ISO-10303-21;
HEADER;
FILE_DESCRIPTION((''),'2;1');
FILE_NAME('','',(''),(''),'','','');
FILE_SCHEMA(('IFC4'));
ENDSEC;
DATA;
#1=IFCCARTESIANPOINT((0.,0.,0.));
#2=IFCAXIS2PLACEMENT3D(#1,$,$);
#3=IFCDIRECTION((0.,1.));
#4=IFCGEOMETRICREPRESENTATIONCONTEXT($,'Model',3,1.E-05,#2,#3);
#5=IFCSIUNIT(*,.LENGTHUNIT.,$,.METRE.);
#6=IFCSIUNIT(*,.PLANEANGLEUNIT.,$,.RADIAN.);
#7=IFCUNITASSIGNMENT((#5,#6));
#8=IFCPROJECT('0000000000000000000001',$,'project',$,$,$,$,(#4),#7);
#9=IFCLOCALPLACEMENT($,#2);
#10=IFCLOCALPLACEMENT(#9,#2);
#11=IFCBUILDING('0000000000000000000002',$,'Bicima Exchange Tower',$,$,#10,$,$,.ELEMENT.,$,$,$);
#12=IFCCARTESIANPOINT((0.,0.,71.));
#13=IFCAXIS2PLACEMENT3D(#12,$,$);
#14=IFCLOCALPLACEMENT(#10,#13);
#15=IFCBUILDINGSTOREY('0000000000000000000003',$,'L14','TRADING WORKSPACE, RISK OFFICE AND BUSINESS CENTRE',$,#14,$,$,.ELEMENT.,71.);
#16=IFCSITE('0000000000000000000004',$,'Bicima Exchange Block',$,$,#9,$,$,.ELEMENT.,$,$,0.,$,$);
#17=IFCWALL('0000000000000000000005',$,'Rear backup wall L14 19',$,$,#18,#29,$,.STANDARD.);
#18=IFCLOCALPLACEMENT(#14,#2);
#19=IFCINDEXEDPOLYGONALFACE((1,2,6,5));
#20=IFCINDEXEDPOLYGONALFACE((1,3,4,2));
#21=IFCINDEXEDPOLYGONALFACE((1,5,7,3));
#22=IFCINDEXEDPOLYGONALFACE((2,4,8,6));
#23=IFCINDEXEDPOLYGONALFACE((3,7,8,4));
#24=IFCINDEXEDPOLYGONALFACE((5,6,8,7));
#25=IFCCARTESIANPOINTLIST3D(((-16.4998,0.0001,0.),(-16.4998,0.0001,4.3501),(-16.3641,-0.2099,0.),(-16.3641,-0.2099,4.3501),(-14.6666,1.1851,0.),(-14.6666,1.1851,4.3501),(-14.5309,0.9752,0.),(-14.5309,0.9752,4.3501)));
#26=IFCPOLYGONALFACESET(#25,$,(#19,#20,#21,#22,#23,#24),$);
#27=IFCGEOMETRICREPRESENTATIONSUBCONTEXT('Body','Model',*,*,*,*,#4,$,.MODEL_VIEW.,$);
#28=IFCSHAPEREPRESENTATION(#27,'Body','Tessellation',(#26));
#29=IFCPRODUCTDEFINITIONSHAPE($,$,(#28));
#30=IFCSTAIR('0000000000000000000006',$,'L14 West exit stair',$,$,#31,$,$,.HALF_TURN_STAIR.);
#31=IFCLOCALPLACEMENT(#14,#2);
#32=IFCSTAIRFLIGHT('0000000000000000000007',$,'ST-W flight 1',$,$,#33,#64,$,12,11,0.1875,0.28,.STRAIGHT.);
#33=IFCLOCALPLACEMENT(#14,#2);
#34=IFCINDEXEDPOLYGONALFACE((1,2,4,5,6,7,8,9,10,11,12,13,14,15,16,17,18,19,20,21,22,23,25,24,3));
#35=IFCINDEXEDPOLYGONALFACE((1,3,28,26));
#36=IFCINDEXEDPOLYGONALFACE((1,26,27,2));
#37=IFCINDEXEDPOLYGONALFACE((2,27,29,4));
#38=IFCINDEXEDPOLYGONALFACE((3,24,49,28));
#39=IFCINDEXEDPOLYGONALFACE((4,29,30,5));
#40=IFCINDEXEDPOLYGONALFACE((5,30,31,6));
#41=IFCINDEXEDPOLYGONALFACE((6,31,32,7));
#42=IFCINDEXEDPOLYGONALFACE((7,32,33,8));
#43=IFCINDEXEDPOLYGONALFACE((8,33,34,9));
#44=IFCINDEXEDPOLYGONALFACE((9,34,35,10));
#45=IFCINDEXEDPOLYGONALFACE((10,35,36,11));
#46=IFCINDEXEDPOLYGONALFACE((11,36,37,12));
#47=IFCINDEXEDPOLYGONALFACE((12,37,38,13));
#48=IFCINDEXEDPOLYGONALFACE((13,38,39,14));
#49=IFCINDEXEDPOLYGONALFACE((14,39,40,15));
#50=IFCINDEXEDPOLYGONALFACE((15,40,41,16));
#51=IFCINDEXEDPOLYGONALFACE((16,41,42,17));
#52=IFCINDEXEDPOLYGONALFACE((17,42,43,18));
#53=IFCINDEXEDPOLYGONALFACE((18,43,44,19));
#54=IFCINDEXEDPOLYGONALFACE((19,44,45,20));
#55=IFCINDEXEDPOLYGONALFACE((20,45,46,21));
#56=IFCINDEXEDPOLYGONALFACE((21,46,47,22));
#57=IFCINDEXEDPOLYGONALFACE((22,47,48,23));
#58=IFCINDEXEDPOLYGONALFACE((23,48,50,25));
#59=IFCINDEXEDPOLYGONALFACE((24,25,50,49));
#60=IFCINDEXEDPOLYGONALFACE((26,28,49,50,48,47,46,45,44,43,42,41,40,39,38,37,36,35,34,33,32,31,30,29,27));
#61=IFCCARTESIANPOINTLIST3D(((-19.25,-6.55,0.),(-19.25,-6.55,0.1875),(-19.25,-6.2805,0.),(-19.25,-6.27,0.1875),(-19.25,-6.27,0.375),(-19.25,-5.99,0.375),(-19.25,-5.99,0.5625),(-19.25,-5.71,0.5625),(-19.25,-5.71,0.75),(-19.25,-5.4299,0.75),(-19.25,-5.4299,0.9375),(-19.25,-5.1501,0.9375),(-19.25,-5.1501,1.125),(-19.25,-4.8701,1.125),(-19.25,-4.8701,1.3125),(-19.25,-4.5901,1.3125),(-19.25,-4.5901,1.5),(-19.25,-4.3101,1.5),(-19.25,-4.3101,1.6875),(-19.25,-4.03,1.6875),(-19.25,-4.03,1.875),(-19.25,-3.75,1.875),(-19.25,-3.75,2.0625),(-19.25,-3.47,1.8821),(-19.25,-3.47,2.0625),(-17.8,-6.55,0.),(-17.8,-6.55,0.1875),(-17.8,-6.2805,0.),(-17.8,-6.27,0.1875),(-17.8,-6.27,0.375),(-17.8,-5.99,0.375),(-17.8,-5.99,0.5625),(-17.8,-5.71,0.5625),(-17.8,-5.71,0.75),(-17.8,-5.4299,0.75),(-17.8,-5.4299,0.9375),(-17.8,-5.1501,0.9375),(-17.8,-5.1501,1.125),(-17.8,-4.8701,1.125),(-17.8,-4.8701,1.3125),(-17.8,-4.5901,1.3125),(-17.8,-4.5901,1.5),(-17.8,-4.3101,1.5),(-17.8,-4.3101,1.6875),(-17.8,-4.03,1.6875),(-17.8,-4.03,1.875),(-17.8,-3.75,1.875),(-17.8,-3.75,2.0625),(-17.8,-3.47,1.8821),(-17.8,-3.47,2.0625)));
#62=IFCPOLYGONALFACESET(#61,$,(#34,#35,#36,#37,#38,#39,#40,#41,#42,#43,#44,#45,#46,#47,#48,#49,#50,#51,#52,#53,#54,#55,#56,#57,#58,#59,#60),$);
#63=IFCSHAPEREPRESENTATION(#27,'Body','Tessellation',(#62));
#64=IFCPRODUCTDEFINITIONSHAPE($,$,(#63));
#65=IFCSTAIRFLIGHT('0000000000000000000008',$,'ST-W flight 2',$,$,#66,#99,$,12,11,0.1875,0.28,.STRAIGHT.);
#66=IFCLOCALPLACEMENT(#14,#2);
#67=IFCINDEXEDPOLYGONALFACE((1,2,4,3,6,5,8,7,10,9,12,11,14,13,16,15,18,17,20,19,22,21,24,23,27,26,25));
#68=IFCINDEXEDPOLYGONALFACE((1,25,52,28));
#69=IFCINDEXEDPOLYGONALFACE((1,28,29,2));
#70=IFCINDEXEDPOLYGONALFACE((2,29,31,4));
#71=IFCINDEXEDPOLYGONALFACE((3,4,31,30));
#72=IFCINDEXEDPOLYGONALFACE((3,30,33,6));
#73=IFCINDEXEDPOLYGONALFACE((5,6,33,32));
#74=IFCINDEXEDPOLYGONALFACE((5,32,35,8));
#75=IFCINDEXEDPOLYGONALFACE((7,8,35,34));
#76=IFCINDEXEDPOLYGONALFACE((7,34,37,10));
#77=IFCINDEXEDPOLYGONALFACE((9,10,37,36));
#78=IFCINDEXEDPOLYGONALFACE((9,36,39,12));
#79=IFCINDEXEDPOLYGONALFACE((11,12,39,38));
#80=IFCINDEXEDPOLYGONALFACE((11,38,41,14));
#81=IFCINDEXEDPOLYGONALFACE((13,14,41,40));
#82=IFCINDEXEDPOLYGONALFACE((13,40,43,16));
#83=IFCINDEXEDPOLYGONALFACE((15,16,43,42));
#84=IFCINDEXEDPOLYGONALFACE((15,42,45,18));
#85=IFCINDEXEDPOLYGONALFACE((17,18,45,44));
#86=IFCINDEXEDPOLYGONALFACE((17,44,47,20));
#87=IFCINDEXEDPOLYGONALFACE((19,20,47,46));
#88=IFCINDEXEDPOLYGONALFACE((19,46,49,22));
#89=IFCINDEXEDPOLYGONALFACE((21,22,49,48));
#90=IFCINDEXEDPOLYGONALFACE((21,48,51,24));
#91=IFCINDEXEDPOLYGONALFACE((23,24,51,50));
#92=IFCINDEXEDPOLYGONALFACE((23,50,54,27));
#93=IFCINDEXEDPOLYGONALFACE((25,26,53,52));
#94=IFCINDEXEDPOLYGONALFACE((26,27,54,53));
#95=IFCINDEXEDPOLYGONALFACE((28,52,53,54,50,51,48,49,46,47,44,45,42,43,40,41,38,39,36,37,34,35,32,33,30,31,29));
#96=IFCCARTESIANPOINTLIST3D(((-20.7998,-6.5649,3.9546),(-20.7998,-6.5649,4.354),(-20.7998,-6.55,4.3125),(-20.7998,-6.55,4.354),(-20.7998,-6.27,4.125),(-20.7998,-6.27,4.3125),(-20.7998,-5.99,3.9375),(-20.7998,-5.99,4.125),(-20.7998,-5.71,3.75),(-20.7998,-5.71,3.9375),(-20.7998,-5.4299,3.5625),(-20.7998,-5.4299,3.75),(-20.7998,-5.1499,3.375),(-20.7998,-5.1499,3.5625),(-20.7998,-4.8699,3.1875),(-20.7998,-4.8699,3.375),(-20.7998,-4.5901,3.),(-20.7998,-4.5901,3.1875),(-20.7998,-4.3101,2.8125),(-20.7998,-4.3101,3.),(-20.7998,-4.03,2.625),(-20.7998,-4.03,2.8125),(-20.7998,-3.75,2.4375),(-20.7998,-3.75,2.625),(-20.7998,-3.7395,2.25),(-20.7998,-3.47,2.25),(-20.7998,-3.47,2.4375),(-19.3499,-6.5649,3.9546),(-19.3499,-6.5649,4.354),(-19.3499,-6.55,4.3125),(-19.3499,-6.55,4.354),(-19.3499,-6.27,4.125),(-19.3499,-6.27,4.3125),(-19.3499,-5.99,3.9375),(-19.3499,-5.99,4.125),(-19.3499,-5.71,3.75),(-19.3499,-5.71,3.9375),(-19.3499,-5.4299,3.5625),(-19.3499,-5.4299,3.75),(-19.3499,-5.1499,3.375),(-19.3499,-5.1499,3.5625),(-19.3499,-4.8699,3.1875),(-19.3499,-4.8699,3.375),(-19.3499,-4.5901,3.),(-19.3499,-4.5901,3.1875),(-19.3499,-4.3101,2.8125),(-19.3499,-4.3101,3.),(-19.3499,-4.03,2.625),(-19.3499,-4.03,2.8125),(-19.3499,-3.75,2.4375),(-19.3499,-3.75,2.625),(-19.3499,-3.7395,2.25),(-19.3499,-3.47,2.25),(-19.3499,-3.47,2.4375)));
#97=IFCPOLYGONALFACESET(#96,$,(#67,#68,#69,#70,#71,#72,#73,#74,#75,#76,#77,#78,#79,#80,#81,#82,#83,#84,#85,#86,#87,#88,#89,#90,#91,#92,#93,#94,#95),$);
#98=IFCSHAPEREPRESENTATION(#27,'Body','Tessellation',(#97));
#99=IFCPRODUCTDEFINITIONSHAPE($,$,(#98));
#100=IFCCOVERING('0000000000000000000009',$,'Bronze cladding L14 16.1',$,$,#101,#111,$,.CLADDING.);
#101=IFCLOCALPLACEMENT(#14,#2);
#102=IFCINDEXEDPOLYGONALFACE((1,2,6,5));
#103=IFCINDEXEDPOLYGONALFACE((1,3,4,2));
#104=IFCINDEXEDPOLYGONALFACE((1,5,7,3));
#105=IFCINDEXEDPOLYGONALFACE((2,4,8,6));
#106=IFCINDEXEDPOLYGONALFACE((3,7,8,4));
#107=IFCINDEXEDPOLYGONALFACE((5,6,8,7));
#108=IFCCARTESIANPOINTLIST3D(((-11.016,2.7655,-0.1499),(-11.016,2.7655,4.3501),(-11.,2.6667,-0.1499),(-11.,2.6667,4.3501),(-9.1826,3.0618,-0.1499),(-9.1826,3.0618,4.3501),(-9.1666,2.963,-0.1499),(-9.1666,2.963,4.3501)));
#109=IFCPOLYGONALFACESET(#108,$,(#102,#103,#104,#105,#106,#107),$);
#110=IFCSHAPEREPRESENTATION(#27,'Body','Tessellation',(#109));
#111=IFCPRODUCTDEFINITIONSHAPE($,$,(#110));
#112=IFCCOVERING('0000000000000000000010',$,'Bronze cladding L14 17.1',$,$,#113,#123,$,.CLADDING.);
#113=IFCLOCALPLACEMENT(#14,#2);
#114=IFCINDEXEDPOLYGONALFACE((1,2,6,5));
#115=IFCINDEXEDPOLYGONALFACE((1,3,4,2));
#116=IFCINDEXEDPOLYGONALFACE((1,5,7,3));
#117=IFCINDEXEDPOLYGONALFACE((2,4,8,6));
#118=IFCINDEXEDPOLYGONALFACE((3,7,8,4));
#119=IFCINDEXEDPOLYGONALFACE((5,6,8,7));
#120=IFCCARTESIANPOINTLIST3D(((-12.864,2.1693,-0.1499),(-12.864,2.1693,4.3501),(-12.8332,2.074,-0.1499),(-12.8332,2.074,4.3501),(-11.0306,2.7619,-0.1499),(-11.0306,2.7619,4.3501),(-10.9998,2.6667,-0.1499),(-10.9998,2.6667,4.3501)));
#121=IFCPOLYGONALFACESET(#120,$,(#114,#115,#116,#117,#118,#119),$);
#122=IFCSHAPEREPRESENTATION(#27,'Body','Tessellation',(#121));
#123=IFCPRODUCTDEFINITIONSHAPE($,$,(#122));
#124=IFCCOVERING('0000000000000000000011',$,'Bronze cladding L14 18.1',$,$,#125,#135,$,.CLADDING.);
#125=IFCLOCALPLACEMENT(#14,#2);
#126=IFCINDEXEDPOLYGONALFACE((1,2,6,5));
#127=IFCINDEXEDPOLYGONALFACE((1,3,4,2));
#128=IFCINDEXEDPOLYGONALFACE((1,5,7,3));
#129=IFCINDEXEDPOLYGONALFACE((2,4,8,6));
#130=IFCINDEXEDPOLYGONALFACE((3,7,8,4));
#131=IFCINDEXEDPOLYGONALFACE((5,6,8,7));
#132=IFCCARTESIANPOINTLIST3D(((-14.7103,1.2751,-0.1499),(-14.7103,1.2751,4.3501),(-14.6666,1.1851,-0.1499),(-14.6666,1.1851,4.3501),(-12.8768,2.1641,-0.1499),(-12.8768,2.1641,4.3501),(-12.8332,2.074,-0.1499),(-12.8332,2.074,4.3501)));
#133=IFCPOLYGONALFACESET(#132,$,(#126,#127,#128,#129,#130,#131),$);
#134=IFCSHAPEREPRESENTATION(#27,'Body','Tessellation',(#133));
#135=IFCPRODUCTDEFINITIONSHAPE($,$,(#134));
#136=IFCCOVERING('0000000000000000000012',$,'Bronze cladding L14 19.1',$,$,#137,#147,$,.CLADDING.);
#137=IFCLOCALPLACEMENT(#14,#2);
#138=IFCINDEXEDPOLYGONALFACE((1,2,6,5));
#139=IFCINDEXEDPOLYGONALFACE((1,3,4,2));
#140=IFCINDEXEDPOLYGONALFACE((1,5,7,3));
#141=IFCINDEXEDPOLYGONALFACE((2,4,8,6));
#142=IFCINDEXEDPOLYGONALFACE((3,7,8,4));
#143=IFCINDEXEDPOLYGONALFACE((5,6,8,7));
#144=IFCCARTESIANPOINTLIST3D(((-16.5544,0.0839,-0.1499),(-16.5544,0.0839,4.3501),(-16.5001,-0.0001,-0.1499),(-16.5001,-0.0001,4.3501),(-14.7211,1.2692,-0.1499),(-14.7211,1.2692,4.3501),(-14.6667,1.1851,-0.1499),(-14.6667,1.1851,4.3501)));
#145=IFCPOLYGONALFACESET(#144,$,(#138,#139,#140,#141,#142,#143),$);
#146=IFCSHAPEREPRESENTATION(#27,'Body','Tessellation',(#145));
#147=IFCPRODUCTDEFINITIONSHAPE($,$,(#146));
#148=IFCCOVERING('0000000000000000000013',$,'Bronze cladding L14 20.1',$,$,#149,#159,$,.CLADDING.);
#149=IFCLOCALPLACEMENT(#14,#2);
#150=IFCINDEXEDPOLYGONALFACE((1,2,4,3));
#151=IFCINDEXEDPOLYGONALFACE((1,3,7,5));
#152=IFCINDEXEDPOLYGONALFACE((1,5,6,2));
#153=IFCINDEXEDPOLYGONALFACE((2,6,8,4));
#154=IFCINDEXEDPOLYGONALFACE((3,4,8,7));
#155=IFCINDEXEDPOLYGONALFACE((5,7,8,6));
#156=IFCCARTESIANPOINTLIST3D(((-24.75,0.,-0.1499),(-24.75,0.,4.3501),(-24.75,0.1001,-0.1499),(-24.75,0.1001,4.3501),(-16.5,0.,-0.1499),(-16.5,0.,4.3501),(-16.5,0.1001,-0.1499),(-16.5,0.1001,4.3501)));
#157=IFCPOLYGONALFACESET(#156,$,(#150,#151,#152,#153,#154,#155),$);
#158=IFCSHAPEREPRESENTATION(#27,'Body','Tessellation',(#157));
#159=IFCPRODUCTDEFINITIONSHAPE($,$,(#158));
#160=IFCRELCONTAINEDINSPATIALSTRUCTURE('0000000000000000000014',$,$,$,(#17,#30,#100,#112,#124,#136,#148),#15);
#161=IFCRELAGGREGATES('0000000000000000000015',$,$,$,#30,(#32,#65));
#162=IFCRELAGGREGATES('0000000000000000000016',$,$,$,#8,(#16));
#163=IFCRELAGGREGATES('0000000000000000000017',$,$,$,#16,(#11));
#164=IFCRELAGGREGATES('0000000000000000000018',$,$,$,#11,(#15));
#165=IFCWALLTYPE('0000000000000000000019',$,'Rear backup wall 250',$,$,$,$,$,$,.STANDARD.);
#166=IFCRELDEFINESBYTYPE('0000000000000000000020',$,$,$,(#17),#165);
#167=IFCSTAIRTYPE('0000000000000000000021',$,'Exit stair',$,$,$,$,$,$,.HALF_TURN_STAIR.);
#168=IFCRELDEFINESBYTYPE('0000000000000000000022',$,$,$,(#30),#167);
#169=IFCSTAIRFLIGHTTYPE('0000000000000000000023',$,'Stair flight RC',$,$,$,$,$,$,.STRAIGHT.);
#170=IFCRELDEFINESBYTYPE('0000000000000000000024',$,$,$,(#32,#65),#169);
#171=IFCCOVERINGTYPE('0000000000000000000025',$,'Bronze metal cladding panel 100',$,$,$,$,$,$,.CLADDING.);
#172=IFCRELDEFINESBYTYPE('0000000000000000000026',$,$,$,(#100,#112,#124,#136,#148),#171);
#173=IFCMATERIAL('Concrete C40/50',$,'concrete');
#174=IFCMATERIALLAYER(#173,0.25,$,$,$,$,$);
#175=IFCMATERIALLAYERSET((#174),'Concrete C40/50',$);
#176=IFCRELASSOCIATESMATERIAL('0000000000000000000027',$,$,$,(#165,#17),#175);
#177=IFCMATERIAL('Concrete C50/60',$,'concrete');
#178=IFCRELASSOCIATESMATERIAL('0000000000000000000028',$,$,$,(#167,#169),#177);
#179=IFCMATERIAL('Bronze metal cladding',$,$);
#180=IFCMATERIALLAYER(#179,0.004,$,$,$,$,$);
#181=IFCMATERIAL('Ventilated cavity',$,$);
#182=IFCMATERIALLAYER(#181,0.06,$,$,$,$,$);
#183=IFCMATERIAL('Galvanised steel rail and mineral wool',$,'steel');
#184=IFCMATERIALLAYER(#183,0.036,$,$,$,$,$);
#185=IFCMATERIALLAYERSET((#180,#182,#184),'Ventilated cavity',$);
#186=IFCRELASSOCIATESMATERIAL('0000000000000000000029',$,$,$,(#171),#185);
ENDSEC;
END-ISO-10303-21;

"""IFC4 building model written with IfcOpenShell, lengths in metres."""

from ifc_helpers import new_model, si_unit, direction, frame, frame_2d, origin, origin_2d, place, context, subcontext, project, spatial, polyline, rectangle, outline, extrude, material, layer, layer_set, layer_usage, type_object, element, aggregate, save


model = new_model("IFC4")

# Units and contexts
model_context = context("Model", 3, precision=1e-05, world=origin(), true_north=direction((0.0, 1.0)))
body_context = subcontext(model_context, "Body", "Model", "MODEL_VIEW")
ifc_project = project(units=[si_unit("LENGTHUNIT", "METRE"), si_unit("PLANEANGLEUNIT", "RADIAN")], contexts=[model_context])

# Site, building, storey
site_placement = place(None, origin())
site = spatial("IfcSite", under=ifc_project, at=site_placement, Name="Bicima Exchange Block", CompositionType="ELEMENT", RefElevation=0.0)
building_placement = place(site_placement, origin())
building = spatial("IfcBuilding", under=site, at=building_placement, Name="Bicima Exchange Tower", CompositionType="ELEMENT")
storey_placement = place(building_placement, frame((0.0, 0.0, 71.0)))
storey = spatial("IfcBuildingStorey", under=building, at=storey_placement, Name="L14", Description="TRADING WORKSPACE, RISK OFFICE AND BUSINESS CENTRE", CompositionType="ELEMENT", Elevation=71.0)

# Shared definitions
ifc_material_1 = material(Name="Concrete C50/60", Category="concrete")

# Wall
ifc_material_2 = material(Name="Concrete C40/50", Category="concrete")
ifc_layer_1 = layer(ifc_material_2, 0.25)
ifc_layer_set_1 = layer_set([ifc_layer_1], Name="Concrete C40/50")
ifc_layer_usage = layer_usage(ifc_layer_set_1, "AXIS2", "POSITIVE", -0.125)
wall_type_1 = type_object("IfcWallType", Name="Rear backup wall 250", PredefinedType="STANDARD", material=ifc_layer_set_1)
wall_1_placement = place(storey_placement, frame((-14.5989, 1.0801, 0.0), z_axis=(0.0, 0.0, 1.0), x_axis=(-0.839813, -0.542876, 0.0)))
element("IfcWall", 1, at=wall_1_placement, inside=storey, type_object=wall_type_1, material=ifc_layer_usage, Name="Rear backup wall L14 19", PredefinedType="STANDARD", context=body_context, shape_type="SweptSolid", body=[
    extrude(rectangle(XDim=2.1829, YDim=0.25, at=frame_2d((1.0913, 0.0))), origin(), (0.0, 0.0, 1.0), 4.3501),
])

# Stair, stair flights
stair_type = type_object("IfcStairType", Name="Exit stair", PredefinedType="HALF_TURN_STAIR", material=ifc_material_1)
stair_placement = place(storey_placement, origin())
stair = element("IfcStair", 2, at=stair_placement, inside=storey, type_object=stair_type, Name="L14 West exit stair", PredefinedType="HALF_TURN_STAIR")
stair_flight_type = type_object("IfcStairFlightType", Name="Stair flight RC", PredefinedType="STRAIGHT", material=ifc_material_1)
stair_flight_1_placement = place(storey_placement, frame((-18.5249, -6.55, 0.0), z_axis=(0.0, 0.0, 1.0), x_axis=(0.0, 1.0, 0.0)))
stair_flight_1 = element("IfcStairFlight", 3, at=stair_flight_1_placement, type_object=stair_flight_type, Name="ST-W flight 1", NumberOfRisers=12, NumberOfTreads=11, PredefinedType="STRAIGHT", RiserHeight=0.1875, TreadLength=0.28, context=body_context, shape_type="SweptSolid", body=[
    extrude(outline(polyline([(0.0, 0.0), (0.0, 0.1875), (0.28, 0.1875), (0.28, 0.375), (0.5601, 0.375), (0.5601, 0.5625), (0.8401, 0.5625), (0.8401, 0.75), (1.1201, 0.75), (1.1201, 0.9375), (1.3999, 0.9375), (1.3999, 1.125), (1.6799, 1.125), (1.6799, 1.3125), (1.96, 1.3125), (1.96, 1.5), (2.24, 1.5), (2.24, 1.6875), (2.52, 1.6875), (2.52, 1.875), (2.8, 1.875), (2.8, 2.0625), (3.0801, 2.0625), (3.0801, 2.25), (3.0801, 1.8821), (0.2695, 0.0), (0.0, 0.0)])), frame((0.0, 0.7251, 0.0), z_axis=(0.0, -1.0, 0.0), x_axis=(1.0, 0.0, 0.0)), (0.0, 0.0, 1.0), 1.45),
])
stair_flight_2_placement = place(storey_placement, frame((-20.075, -3.47, 2.25), z_axis=(0.0, 0.0, 1.0), x_axis=(0.0, -1.0, 0.0)))
stair_flight_2 = element("IfcStairFlight", 4, at=stair_flight_2_placement, type_object=stair_flight_type, Name="ST-W flight 2", NumberOfRisers=12, NumberOfTreads=11, PredefinedType="STRAIGHT", RiserHeight=0.1875, TreadLength=0.28, context=body_context, shape_type="SweptSolid", body=[
    extrude(outline(polyline([(0.0, 0.0), (0.0, 0.1875), (0.28, 0.1875), (0.28, 0.375), (0.5601, 0.375), (0.5601, 0.5625), (0.8401, 0.5625), (0.8401, 0.75), (1.1201, 0.75), (1.1201, 0.9375), (1.3999, 0.9375), (1.3999, 1.125), (1.6799, 1.125), (1.6799, 1.3125), (1.96, 1.3125), (1.96, 1.5), (2.24, 1.5), (2.24, 1.6875), (2.52, 1.6875), (2.52, 1.875), (2.8, 1.875), (2.8, 2.0625), (3.0801, 2.0625), (3.0801, 2.104), (3.095, 2.104), (3.095, 1.7046), (0.2695, 0.0), (0.0, 0.0)])), frame((0.0, 0.7251, 0.0), z_axis=(0.0, -1.0, 0.0), x_axis=(1.0, 0.0, 0.0)), (0.0, 0.0, 1.0), 1.45),
])
aggregate(stair, [stair_flight_1, stair_flight_2])

# Coverings
ifc_material_3 = material(Name="Bronze metal cladding")
ifc_layer_2 = layer(ifc_material_3, 0.004)
ifc_material_4 = material(Name="Ventilated cavity")
ifc_layer_3 = layer(ifc_material_4, 0.06)
ifc_material_5 = material(Name="Galvanised steel rail and mineral wool", Category="steel")
ifc_layer_4 = layer(ifc_material_5, 0.036)
ifc_layer_set_2 = layer_set([ifc_layer_2, ifc_layer_3, ifc_layer_4], Name="Ventilated cavity")
covering_type = type_object("IfcCoveringType", Name="Bronze metal cladding panel 100", PredefinedType="CLADDING", material=ifc_layer_set_2)
covering_1_placement = place(storey_placement, frame((-10.0913, 2.8643, -0.1499), z_axis=(0.0, 0.0, 1.0), x_axis=(-0.98719, -0.15955, 0.0)))
element("IfcCovering", 5, at=covering_1_placement, inside=storey, type_object=covering_type, Name="Bronze cladding L14 16.1", PredefinedType="CLADDING", context=body_context, shape_type="SweptSolid", body=[
    extrude(rectangle(XDim=1.8572, YDim=0.1001, at=origin_2d()), origin(), (0.0, 0.0, 1.0), 4.5),
])
covering_2_placement = place(storey_placement, frame((-11.9319, 2.418, -0.1499), z_axis=(0.0, 0.0, 1.0), x_axis=(-0.951525, -0.307573, 0.0)))
element("IfcCovering", 6, at=covering_2_placement, inside=storey, type_object=covering_type, Name="Bronze cladding L14 17.1", PredefinedType="CLADDING", context=body_context, shape_type="SweptSolid", body=[
    extrude(rectangle(XDim=1.9268, YDim=0.1001, at=origin_2d()), origin(), (0.0, 0.0, 1.0), 4.5),
])
covering_3_placement = place(storey_placement, frame((-13.7717, 1.6746, -0.1499), z_axis=(0.0, 0.0, 1.0), x_axis=(-0.899818, -0.436265, 0.0)))
element("IfcCovering", 7, at=covering_3_placement, inside=storey, type_object=covering_type, Name="Bronze cladding L14 18.1", PredefinedType="CLADDING", context=body_context, shape_type="SweptSolid", body=[
    extrude(rectangle(XDim=2.0376, YDim=0.1001, at=origin_2d()), origin(), (0.0, 0.0, 1.0), 4.5),
])
covering_4_placement = place(storey_placement, frame((-15.6106, 0.6345, -0.1499), z_axis=(0.0, 0.0, 1.0), x_axis=(-0.83979, -0.542911, 0.0)))
element("IfcCovering", 8, at=covering_4_placement, inside=storey, type_object=covering_type, Name="Bronze cladding L14 19.1", PredefinedType="CLADDING", context=body_context, shape_type="SweptSolid", body=[
    extrude(rectangle(XDim=2.1831, YDim=0.1001, at=origin_2d()), origin(), (0.0, 0.0, 1.0), 4.5),
])
covering_5_placement = place(storey_placement, frame((-20.625, 0.05, -0.1499), z_axis=(0.0, 0.0, 1.0), x_axis=(-1.0, 0.0, 0.0)))
element("IfcCovering", 9, at=covering_5_placement, inside=storey, type_object=covering_type, Name="Bronze cladding L14 20.1", PredefinedType="CLADDING", context=body_context, shape_type="SweptSolid", body=[
    extrude(rectangle(XDim=8.25, YDim=0.1001, at=origin_2d()), origin(), (0.0, 0.0, 1.0), 4.5),
])

save(model, "model.ifc")
